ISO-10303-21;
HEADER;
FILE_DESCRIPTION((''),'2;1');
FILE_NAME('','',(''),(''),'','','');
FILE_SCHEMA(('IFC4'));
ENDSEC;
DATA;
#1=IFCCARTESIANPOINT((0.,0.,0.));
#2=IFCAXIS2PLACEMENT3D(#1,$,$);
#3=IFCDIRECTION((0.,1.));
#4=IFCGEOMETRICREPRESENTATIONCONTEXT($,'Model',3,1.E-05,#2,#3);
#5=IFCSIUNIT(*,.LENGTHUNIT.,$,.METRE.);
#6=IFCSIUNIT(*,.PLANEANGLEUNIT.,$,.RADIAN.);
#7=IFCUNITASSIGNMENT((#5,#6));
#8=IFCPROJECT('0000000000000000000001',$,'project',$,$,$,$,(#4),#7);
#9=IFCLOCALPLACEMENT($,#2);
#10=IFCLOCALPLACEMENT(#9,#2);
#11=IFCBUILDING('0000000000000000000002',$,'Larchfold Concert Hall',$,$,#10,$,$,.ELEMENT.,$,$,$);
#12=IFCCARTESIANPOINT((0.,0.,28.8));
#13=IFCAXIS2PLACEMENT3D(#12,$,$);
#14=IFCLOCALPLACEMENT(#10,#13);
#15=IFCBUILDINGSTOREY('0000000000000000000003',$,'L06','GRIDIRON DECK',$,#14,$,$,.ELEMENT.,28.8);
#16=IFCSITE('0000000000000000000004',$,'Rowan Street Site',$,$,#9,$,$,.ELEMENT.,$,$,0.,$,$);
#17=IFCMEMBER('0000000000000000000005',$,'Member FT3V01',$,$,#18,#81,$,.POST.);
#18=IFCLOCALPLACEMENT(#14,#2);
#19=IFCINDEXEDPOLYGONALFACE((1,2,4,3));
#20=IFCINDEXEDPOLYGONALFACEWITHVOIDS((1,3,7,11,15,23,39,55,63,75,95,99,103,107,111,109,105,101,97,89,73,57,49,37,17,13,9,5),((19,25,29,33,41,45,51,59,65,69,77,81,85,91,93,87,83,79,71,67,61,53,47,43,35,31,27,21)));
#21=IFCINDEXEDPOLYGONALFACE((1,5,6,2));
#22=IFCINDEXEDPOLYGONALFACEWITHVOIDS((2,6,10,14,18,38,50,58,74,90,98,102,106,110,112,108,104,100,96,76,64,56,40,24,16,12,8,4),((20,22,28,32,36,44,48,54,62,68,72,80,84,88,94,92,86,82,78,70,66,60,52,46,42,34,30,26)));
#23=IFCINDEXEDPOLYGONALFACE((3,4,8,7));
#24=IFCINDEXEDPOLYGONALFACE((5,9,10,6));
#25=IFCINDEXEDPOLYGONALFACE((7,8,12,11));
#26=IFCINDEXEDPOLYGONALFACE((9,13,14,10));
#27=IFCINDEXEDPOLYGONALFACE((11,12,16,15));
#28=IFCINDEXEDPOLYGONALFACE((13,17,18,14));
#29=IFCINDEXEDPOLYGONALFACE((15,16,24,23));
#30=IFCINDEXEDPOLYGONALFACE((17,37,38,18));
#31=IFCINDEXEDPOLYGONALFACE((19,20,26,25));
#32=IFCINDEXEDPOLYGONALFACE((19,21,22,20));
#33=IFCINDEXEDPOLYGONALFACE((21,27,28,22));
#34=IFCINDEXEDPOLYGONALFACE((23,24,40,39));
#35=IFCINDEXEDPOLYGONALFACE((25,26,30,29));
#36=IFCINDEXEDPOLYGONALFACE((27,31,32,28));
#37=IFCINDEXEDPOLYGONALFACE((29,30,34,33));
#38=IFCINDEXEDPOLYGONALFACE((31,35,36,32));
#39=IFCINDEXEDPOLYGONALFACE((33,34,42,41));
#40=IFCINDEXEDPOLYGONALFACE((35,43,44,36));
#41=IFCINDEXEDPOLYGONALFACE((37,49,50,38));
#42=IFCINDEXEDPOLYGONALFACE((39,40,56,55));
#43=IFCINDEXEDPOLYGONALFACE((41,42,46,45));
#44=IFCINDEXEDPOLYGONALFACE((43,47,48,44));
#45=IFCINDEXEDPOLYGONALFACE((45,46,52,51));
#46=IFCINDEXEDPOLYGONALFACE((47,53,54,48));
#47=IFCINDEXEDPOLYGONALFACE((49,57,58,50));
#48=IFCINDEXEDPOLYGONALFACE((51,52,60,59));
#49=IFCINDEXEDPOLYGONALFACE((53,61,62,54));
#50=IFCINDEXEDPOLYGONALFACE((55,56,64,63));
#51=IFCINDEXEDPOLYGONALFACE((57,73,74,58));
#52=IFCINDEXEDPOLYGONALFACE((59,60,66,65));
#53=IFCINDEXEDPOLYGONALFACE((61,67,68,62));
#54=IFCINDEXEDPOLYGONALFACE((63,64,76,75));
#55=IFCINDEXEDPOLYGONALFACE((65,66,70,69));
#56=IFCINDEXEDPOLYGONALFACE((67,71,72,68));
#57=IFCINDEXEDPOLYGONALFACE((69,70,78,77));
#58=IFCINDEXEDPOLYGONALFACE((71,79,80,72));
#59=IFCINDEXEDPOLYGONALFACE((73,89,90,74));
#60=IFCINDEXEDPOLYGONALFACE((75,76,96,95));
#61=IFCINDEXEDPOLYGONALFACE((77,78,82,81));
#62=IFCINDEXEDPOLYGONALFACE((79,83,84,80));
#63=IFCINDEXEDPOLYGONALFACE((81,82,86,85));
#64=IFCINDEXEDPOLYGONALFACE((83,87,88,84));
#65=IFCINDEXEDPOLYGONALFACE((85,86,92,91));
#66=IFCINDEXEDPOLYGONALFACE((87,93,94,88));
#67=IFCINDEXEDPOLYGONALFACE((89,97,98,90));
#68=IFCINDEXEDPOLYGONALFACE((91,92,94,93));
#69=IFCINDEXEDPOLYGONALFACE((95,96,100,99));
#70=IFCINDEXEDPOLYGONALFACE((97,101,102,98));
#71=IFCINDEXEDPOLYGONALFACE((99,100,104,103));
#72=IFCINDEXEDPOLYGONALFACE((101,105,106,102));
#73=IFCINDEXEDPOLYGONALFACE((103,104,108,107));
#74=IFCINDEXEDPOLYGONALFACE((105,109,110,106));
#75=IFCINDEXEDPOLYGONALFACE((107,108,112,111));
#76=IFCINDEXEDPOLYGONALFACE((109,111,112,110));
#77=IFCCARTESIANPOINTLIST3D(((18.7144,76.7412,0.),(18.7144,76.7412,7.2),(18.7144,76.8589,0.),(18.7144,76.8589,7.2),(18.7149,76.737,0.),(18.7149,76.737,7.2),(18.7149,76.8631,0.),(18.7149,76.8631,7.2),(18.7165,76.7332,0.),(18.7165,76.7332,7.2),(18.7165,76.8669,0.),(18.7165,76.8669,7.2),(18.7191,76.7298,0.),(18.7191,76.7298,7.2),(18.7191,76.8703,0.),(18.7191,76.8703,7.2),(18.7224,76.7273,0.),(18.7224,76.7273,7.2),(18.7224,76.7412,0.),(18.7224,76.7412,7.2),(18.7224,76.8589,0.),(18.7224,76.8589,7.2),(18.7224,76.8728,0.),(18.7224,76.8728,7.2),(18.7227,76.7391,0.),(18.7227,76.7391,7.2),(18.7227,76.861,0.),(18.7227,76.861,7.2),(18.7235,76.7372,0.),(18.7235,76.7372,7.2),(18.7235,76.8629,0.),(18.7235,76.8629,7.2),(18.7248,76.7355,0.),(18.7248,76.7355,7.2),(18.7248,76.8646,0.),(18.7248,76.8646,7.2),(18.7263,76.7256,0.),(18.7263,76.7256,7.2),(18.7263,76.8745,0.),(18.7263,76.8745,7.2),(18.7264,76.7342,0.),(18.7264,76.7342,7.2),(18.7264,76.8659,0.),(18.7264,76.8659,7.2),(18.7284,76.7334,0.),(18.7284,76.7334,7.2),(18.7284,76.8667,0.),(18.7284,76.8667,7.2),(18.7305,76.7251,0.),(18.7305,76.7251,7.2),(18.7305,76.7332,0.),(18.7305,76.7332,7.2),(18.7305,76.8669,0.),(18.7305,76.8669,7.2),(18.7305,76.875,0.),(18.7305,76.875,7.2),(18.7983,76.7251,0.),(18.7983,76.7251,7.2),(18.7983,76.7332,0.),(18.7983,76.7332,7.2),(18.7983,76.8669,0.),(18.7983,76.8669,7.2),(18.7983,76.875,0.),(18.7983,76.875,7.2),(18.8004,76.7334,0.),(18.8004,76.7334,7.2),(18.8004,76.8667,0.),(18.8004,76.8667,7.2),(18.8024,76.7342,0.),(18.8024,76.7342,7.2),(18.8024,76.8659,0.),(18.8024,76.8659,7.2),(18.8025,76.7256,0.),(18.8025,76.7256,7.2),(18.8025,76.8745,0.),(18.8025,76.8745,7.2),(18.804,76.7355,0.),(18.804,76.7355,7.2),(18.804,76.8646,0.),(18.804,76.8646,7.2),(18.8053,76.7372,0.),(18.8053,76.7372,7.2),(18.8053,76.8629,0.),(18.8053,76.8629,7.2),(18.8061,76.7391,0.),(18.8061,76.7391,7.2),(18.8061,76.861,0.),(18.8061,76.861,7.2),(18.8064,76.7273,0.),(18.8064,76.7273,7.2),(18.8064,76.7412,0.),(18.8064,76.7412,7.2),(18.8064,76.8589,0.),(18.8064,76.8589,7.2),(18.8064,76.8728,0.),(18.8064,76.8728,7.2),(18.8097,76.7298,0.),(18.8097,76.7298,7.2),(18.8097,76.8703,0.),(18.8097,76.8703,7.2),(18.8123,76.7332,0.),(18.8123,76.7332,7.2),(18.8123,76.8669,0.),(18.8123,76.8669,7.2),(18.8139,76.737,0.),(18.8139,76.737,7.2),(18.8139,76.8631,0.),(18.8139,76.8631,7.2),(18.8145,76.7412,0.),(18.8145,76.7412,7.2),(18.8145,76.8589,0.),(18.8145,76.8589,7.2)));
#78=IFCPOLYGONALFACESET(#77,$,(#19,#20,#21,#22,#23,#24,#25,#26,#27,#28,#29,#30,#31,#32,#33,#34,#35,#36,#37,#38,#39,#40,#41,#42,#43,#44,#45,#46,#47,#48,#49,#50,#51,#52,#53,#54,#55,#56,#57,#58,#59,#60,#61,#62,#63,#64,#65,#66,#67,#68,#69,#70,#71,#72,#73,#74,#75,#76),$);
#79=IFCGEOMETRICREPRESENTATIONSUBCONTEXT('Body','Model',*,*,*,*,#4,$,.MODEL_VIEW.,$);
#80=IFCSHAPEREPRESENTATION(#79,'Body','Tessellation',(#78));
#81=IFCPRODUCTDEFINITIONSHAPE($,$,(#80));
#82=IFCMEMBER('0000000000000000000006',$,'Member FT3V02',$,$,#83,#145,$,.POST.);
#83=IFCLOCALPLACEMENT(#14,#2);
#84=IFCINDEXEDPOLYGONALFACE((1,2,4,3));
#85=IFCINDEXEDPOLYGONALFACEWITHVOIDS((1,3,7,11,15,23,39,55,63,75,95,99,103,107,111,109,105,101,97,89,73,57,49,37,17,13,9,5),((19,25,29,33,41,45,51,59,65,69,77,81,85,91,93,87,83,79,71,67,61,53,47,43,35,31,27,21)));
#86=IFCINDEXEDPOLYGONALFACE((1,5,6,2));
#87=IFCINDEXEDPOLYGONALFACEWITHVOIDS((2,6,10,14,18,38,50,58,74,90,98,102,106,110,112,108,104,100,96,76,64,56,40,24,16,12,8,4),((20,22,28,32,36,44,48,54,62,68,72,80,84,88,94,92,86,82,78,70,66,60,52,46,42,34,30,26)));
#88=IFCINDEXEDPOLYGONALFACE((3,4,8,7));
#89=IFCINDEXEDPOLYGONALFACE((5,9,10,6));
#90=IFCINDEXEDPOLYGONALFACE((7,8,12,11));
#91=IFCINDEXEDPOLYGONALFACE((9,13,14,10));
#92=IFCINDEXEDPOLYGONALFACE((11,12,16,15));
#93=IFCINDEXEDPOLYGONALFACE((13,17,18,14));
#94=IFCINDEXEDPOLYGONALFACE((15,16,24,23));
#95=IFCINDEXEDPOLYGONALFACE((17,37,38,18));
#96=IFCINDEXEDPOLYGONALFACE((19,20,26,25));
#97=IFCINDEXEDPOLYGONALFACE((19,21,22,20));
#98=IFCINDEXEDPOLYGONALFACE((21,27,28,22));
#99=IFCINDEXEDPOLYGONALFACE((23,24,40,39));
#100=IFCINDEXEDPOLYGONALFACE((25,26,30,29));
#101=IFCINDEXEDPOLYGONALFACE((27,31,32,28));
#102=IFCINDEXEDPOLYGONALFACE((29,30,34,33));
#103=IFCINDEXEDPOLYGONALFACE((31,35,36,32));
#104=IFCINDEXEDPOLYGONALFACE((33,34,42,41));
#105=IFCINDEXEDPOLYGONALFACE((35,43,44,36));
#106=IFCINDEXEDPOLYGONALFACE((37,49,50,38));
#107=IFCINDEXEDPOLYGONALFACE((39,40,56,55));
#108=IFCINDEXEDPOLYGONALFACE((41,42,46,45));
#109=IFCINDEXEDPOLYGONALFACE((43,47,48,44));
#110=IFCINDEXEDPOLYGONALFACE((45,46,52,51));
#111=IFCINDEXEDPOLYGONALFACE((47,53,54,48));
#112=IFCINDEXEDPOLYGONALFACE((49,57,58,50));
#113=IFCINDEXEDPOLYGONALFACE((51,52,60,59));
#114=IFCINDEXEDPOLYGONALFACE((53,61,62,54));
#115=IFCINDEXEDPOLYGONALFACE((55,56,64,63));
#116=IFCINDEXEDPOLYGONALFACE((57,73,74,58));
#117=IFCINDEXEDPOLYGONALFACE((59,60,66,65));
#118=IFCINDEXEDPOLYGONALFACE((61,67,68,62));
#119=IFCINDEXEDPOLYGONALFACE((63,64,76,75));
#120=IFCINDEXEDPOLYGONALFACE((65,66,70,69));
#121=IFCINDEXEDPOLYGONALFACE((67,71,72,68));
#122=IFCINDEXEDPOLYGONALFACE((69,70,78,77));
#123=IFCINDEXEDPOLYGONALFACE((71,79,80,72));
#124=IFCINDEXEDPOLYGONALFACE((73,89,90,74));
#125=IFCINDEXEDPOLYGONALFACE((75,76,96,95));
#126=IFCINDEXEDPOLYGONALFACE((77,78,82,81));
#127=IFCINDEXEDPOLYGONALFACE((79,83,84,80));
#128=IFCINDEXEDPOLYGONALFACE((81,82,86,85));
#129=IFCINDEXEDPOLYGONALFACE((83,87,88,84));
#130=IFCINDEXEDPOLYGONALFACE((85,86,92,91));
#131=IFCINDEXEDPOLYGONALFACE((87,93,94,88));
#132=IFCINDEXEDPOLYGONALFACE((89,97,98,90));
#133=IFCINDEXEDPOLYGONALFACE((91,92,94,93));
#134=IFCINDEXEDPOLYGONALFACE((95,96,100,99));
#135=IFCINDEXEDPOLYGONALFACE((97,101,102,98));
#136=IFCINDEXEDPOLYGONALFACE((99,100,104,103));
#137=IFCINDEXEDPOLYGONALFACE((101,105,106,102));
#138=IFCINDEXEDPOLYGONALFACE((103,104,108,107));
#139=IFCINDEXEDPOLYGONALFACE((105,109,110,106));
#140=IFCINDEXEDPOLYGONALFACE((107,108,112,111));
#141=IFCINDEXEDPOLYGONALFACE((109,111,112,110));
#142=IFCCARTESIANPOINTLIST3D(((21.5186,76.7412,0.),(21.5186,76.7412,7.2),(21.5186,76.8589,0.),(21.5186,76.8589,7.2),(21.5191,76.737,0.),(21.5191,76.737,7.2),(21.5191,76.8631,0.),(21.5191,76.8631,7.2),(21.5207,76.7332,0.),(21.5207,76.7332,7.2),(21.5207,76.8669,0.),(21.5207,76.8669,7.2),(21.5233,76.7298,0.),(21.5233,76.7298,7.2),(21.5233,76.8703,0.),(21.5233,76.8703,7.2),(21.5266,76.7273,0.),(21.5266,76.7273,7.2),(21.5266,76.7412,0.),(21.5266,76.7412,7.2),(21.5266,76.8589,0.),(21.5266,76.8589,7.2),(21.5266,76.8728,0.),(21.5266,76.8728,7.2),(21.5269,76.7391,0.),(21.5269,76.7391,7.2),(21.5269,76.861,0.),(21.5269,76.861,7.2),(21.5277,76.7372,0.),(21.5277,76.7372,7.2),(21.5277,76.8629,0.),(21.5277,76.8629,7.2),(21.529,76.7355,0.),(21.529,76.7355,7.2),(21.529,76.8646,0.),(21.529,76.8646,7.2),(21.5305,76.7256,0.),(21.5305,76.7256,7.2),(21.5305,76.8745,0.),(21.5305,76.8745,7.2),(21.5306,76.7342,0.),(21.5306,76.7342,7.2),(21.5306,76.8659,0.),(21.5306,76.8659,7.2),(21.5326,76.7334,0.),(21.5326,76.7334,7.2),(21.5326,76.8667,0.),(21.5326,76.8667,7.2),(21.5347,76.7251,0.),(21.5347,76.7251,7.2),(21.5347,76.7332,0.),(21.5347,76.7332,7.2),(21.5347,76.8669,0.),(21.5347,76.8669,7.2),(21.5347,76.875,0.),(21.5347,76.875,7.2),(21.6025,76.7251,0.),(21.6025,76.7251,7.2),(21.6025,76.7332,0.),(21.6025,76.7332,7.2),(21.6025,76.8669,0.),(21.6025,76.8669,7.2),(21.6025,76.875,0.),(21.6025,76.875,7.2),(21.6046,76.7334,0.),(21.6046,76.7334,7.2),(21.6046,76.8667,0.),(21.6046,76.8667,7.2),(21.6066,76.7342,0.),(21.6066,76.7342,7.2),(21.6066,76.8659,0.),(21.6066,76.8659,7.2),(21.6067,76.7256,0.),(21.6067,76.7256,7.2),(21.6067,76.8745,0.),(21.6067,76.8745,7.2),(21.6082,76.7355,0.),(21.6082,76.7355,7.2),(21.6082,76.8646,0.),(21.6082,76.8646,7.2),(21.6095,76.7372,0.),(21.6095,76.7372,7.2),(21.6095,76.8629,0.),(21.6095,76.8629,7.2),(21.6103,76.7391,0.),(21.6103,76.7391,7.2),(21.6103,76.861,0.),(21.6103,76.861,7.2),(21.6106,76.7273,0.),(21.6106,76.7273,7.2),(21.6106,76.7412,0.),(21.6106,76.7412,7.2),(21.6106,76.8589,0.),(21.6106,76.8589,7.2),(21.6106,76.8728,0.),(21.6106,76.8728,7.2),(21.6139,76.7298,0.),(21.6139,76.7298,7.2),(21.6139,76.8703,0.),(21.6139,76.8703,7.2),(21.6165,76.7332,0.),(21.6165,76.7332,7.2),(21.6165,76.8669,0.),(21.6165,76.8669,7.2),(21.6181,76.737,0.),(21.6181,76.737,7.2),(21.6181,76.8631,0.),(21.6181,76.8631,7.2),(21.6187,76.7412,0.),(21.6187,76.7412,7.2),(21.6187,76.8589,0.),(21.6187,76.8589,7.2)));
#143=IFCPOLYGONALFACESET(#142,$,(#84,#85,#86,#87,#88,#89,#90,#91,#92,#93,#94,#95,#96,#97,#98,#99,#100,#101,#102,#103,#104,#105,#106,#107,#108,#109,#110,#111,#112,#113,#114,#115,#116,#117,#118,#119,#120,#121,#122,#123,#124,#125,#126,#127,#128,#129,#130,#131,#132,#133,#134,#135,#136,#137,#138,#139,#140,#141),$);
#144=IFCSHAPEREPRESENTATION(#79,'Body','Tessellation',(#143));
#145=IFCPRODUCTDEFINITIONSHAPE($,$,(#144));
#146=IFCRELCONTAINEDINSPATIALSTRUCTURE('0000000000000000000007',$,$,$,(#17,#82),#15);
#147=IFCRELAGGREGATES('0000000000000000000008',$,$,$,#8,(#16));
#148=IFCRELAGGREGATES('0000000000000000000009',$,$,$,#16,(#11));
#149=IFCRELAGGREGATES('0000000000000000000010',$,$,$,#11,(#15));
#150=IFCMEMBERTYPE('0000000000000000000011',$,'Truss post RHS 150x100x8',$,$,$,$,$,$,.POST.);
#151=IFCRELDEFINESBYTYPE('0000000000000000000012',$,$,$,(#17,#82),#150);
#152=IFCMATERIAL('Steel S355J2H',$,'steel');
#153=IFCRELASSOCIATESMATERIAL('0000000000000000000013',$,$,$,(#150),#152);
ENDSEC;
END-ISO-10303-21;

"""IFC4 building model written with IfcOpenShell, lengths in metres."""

from ifc_helpers import new_model, si_unit, direction, frame, origin, origin_2d, place, context, subcontext, project, spatial, hollow_rectangle, extrude, material, material_profile, profile_set, type_object, element, save


model = new_model("IFC4")

# Units and contexts
model_context = context("Model", 3, precision=1e-05, world=origin(), true_north=direction((0.0, 1.0)))
body_context = subcontext(model_context, "Body", "Model", "MODEL_VIEW")
ifc_project = project(units=[si_unit("LENGTHUNIT", "METRE"), si_unit("PLANEANGLEUNIT", "RADIAN")], contexts=[model_context])

# Site, building, storey
site_placement = place(None, origin())
site = spatial("IfcSite", under=ifc_project, at=site_placement, Name="Rowan Street Site", CompositionType="ELEMENT", RefElevation=0.0)
building_placement = place(site_placement, origin())
building = spatial("IfcBuilding", under=site, at=building_placement, Name="Larchfold Concert Hall", CompositionType="ELEMENT")
storey_placement = place(building_placement, frame((0.0, 0.0, 28.8)))
storey = spatial("IfcBuildingStorey", under=building, at=storey_placement, Name="L06", Description="GRIDIRON DECK", CompositionType="ELEMENT", Elevation=28.8)

# Members
ifc_material_1 = material(Name="Steel S355J2H", Category="steel")
ifc_material_profile_1 = material_profile(ifc_material_1, hollow_rectangle(XDim=0.1001, YDim=0.1499, WallThickness=0.0081, InnerFilletRadius=0.0081, OuterFilletRadius=0.0161, at=origin_2d()))
ifc_profile_set_1 = profile_set([ifc_material_profile_1], Name="Steel S355J2H")
member_type_1 = type_object("IfcMemberType", Name="Truss post RHS 150x100x8", PredefinedType="POST", material=ifc_profile_set_1)
for number, where, z_axis, x_axis, name in (
    (1, (18.7644, 76.8, 7.2), (0.0, 0.0, -1.0), (1.0, 0.0, 0.0), "Member FT3V01"),
    (2, (21.5686, 76.8, 7.2), (0.0, 0.0, -1.0), (1.0, 0.0, 0.0), "Member FT3V02"),
):
    element("IfcMember", number, at=place(storey_placement, frame(where, z_axis=z_axis, x_axis=x_axis)), inside=storey, type_object=member_type_1, Name=name, PredefinedType="POST", context=body_context, shape_type="SweptSolid", body=[
        extrude(hollow_rectangle(XDim=0.1001, YDim=0.1499, WallThickness=0.0081, InnerFilletRadius=0.0081, OuterFilletRadius=0.0161, at=origin_2d()), origin(), (0.0, 0.0, 1.0), 7.2),
    ])

save(model, "model.ifc")
